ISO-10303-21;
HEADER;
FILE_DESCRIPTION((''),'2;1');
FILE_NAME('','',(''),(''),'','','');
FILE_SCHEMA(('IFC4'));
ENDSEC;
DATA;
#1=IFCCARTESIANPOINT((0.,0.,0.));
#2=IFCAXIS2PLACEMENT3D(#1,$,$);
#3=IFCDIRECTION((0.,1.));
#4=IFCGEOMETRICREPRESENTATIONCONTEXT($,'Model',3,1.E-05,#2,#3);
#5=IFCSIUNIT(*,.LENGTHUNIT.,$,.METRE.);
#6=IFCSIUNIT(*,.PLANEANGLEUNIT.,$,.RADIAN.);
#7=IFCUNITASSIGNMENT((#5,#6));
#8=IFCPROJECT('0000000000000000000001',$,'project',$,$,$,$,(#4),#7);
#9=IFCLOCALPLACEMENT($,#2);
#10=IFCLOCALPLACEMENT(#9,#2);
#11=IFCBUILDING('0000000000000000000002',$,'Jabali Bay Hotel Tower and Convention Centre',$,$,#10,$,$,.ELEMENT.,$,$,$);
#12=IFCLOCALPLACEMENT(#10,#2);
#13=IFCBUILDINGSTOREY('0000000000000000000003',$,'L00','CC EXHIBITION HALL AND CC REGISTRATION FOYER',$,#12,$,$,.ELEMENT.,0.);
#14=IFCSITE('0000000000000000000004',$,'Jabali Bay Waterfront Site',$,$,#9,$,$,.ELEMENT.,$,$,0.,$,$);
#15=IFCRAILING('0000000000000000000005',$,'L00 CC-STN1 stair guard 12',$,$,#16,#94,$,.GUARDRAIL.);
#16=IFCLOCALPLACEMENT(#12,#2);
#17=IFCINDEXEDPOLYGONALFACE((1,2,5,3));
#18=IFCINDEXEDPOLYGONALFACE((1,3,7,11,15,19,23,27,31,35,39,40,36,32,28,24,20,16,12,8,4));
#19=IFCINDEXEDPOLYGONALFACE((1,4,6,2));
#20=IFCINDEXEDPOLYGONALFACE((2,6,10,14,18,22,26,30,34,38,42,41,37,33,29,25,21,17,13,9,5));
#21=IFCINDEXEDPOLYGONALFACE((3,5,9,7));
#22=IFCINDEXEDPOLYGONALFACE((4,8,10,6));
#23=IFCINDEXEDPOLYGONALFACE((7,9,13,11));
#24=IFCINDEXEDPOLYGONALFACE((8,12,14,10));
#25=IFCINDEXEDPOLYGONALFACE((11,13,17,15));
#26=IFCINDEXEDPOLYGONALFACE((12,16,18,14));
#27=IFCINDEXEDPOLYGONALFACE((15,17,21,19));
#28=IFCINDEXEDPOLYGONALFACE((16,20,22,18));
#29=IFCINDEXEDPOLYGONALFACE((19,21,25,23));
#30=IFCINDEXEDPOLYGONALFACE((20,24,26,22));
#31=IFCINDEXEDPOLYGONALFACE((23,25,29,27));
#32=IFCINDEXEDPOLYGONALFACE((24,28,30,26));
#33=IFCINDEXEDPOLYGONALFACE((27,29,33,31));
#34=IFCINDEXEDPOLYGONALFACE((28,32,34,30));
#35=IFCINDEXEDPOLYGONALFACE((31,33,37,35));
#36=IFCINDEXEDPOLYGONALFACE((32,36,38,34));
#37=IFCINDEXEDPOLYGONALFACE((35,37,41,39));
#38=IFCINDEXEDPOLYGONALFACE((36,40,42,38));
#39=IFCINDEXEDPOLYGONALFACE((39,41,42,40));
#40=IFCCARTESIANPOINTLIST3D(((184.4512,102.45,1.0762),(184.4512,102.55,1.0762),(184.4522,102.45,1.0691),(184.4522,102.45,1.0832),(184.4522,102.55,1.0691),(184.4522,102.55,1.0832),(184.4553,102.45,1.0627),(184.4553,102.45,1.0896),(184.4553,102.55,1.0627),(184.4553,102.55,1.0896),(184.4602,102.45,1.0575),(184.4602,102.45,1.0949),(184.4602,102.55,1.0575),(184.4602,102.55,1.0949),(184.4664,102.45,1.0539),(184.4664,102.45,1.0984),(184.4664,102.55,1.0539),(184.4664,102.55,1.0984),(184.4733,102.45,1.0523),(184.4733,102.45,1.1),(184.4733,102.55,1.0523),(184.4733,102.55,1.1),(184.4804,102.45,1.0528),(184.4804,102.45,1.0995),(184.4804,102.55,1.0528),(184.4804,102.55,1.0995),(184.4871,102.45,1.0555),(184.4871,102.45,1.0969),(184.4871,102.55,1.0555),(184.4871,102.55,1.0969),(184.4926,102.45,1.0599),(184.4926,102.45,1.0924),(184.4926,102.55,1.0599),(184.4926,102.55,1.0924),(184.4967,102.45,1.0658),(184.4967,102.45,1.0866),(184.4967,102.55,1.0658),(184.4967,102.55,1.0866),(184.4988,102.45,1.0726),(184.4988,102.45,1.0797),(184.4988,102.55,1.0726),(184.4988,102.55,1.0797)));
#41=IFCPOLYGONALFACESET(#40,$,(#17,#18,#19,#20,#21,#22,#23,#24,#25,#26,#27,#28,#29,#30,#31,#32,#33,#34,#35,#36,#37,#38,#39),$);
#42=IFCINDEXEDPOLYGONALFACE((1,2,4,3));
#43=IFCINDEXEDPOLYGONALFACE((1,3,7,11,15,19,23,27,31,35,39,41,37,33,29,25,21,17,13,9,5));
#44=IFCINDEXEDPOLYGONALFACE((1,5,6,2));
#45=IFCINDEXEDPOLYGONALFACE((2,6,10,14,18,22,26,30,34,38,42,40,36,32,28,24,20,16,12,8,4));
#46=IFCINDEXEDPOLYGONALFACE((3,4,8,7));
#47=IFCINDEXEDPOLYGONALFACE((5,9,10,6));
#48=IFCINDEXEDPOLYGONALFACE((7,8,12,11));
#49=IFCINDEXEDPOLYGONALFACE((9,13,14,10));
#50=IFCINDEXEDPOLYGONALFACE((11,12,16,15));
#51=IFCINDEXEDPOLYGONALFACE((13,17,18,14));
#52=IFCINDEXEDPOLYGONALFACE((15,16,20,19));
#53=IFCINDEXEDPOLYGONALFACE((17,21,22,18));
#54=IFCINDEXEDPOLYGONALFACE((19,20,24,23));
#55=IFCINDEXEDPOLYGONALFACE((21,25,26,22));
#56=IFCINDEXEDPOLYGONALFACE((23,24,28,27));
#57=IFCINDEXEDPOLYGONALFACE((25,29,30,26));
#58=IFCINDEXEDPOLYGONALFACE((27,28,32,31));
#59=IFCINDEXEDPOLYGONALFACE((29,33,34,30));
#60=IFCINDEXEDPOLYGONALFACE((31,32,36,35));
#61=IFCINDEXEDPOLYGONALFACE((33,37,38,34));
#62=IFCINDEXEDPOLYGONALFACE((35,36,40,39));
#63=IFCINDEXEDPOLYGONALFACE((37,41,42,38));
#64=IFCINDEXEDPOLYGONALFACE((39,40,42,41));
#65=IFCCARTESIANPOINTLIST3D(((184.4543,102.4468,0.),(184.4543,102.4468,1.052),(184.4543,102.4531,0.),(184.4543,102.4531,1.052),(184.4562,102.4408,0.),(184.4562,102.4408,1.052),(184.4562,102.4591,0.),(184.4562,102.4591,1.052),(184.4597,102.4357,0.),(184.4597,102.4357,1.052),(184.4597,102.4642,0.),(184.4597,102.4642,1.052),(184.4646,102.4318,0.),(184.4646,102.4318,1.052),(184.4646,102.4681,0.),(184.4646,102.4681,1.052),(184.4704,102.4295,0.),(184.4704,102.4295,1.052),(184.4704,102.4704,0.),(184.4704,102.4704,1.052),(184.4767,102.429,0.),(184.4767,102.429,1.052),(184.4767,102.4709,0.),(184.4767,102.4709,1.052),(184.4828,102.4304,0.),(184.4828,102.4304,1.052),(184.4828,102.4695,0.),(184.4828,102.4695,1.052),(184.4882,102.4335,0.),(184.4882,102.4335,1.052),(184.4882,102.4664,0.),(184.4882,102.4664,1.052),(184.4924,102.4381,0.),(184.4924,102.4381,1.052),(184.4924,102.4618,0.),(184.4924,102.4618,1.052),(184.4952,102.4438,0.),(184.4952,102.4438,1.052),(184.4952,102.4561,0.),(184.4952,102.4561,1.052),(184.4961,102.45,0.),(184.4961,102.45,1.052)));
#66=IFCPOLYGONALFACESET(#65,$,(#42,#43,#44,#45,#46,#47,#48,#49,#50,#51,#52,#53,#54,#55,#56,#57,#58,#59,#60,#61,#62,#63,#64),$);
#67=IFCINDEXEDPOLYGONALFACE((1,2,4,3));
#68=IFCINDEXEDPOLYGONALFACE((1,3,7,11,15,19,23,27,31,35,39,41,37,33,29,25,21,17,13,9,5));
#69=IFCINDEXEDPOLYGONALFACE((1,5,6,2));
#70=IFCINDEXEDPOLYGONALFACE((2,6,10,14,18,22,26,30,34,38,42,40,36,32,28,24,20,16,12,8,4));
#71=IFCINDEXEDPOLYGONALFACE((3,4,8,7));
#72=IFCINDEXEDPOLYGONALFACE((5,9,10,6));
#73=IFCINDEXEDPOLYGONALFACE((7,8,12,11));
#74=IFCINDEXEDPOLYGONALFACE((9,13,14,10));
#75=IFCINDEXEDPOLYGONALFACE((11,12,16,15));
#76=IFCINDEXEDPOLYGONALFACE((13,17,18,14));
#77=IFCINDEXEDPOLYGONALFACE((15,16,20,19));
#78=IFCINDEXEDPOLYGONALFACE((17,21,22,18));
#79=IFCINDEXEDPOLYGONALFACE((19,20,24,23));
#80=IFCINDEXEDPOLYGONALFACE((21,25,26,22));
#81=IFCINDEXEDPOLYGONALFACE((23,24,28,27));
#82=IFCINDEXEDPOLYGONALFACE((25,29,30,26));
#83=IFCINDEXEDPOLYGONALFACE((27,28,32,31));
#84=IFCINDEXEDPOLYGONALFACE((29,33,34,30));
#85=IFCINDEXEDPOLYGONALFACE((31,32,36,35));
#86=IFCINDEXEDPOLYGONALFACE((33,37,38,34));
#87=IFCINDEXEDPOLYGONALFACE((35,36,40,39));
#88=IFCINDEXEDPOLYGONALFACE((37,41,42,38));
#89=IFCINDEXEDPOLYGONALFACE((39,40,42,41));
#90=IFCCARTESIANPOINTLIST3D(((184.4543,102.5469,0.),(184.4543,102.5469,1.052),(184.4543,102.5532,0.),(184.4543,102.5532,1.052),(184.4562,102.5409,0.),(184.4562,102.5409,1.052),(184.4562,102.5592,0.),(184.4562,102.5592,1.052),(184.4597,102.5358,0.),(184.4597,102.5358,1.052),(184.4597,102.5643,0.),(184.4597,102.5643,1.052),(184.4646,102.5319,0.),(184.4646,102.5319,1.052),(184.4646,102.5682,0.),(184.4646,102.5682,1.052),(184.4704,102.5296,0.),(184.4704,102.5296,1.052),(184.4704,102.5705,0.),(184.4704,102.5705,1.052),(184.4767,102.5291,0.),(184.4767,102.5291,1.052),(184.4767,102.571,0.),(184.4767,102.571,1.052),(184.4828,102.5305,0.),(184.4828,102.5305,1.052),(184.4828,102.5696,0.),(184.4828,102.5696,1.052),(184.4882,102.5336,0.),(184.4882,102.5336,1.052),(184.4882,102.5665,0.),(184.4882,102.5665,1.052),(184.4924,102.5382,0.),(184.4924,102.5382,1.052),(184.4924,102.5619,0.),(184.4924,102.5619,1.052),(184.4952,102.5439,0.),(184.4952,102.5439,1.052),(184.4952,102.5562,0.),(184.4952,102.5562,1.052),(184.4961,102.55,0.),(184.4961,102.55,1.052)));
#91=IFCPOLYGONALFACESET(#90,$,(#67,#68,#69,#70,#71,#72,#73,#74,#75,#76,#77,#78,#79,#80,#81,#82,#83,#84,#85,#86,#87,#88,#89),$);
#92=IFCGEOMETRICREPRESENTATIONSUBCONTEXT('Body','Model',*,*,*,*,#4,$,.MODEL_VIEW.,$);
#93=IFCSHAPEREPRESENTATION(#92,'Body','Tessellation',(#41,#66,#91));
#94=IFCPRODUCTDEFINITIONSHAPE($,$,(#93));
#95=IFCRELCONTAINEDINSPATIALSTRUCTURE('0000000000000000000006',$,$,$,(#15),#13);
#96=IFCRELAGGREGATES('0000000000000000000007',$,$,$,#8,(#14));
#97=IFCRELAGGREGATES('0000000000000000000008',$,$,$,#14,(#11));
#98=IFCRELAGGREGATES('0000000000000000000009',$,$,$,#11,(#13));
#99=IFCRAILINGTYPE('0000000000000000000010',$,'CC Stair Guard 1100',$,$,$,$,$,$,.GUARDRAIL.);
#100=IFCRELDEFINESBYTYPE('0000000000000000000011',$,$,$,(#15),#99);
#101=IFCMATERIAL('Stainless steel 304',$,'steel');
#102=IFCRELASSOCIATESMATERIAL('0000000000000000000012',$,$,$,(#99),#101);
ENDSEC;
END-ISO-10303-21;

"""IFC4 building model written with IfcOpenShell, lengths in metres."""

from ifc_helpers import new_model, si_unit, direction, frame, origin, origin_2d, place, context, subcontext, project, spatial, circle, extrude, material, type_object, element, save


model = new_model("IFC4")

# Units and contexts
model_context = context("Model", 3, precision=1e-05, world=origin(), true_north=direction((0.0, 1.0)))
body_context = subcontext(model_context, "Body", "Model", "MODEL_VIEW")
ifc_project = project(units=[si_unit("LENGTHUNIT", "METRE"), si_unit("PLANEANGLEUNIT", "RADIAN")], contexts=[model_context])

# Site, building, storey
site_placement = place(None, origin())
site = spatial("IfcSite", under=ifc_project, at=site_placement, Name="Jabali Bay Waterfront Site", CompositionType="ELEMENT", RefElevation=0.0)
building_placement = place(site_placement, origin())
building = spatial("IfcBuilding", under=site, at=building_placement, Name="Jabali Bay Hotel Tower and Convention Centre", CompositionType="ELEMENT")
storey_placement = place(building_placement, origin())
storey = spatial("IfcBuildingStorey", under=building, at=storey_placement, Name="L00", Description="CC EXHIBITION HALL AND CC REGISTRATION FOYER", CompositionType="ELEMENT", Elevation=0.0)

# Railing
ifc_material_1 = material(Name="Stainless steel 304", Category="steel")
railing_type = type_object("IfcRailingType", Name="CC Stair Guard 1100", PredefinedType="GUARDRAIL", material=ifc_material_1)
railing_1_placement = place(storey_placement, frame((184.4751, 102.45, 0.0)))
element("IfcRailing", 1, at=railing_1_placement, inside=storey, type_object=railing_type, Name="L00 CC-STN1 stair guard 12", PredefinedType="GUARDRAIL", context=body_context, shape_type="SweptSolid", body=[
    extrude(circle(Radius=0.0239, at=origin_2d()), frame((0.0, 0.0, 1.0762), z_axis=(0.0, 1.0, 0.0), x_axis=(-1.0, 0.0, 0.0)), (0.0, 0.0, 1.0), 0.1001),
    extrude(circle(Radius=0.021, at=origin_2d()), origin(), (0.0, 0.0, 1.0), 1.052),
    extrude(circle(Radius=0.021, at=origin_2d()), frame((0.0, 0.1001, 0.0)), (0.0, 0.0, 1.0), 1.052),
])

save(model, "model.ifc")
